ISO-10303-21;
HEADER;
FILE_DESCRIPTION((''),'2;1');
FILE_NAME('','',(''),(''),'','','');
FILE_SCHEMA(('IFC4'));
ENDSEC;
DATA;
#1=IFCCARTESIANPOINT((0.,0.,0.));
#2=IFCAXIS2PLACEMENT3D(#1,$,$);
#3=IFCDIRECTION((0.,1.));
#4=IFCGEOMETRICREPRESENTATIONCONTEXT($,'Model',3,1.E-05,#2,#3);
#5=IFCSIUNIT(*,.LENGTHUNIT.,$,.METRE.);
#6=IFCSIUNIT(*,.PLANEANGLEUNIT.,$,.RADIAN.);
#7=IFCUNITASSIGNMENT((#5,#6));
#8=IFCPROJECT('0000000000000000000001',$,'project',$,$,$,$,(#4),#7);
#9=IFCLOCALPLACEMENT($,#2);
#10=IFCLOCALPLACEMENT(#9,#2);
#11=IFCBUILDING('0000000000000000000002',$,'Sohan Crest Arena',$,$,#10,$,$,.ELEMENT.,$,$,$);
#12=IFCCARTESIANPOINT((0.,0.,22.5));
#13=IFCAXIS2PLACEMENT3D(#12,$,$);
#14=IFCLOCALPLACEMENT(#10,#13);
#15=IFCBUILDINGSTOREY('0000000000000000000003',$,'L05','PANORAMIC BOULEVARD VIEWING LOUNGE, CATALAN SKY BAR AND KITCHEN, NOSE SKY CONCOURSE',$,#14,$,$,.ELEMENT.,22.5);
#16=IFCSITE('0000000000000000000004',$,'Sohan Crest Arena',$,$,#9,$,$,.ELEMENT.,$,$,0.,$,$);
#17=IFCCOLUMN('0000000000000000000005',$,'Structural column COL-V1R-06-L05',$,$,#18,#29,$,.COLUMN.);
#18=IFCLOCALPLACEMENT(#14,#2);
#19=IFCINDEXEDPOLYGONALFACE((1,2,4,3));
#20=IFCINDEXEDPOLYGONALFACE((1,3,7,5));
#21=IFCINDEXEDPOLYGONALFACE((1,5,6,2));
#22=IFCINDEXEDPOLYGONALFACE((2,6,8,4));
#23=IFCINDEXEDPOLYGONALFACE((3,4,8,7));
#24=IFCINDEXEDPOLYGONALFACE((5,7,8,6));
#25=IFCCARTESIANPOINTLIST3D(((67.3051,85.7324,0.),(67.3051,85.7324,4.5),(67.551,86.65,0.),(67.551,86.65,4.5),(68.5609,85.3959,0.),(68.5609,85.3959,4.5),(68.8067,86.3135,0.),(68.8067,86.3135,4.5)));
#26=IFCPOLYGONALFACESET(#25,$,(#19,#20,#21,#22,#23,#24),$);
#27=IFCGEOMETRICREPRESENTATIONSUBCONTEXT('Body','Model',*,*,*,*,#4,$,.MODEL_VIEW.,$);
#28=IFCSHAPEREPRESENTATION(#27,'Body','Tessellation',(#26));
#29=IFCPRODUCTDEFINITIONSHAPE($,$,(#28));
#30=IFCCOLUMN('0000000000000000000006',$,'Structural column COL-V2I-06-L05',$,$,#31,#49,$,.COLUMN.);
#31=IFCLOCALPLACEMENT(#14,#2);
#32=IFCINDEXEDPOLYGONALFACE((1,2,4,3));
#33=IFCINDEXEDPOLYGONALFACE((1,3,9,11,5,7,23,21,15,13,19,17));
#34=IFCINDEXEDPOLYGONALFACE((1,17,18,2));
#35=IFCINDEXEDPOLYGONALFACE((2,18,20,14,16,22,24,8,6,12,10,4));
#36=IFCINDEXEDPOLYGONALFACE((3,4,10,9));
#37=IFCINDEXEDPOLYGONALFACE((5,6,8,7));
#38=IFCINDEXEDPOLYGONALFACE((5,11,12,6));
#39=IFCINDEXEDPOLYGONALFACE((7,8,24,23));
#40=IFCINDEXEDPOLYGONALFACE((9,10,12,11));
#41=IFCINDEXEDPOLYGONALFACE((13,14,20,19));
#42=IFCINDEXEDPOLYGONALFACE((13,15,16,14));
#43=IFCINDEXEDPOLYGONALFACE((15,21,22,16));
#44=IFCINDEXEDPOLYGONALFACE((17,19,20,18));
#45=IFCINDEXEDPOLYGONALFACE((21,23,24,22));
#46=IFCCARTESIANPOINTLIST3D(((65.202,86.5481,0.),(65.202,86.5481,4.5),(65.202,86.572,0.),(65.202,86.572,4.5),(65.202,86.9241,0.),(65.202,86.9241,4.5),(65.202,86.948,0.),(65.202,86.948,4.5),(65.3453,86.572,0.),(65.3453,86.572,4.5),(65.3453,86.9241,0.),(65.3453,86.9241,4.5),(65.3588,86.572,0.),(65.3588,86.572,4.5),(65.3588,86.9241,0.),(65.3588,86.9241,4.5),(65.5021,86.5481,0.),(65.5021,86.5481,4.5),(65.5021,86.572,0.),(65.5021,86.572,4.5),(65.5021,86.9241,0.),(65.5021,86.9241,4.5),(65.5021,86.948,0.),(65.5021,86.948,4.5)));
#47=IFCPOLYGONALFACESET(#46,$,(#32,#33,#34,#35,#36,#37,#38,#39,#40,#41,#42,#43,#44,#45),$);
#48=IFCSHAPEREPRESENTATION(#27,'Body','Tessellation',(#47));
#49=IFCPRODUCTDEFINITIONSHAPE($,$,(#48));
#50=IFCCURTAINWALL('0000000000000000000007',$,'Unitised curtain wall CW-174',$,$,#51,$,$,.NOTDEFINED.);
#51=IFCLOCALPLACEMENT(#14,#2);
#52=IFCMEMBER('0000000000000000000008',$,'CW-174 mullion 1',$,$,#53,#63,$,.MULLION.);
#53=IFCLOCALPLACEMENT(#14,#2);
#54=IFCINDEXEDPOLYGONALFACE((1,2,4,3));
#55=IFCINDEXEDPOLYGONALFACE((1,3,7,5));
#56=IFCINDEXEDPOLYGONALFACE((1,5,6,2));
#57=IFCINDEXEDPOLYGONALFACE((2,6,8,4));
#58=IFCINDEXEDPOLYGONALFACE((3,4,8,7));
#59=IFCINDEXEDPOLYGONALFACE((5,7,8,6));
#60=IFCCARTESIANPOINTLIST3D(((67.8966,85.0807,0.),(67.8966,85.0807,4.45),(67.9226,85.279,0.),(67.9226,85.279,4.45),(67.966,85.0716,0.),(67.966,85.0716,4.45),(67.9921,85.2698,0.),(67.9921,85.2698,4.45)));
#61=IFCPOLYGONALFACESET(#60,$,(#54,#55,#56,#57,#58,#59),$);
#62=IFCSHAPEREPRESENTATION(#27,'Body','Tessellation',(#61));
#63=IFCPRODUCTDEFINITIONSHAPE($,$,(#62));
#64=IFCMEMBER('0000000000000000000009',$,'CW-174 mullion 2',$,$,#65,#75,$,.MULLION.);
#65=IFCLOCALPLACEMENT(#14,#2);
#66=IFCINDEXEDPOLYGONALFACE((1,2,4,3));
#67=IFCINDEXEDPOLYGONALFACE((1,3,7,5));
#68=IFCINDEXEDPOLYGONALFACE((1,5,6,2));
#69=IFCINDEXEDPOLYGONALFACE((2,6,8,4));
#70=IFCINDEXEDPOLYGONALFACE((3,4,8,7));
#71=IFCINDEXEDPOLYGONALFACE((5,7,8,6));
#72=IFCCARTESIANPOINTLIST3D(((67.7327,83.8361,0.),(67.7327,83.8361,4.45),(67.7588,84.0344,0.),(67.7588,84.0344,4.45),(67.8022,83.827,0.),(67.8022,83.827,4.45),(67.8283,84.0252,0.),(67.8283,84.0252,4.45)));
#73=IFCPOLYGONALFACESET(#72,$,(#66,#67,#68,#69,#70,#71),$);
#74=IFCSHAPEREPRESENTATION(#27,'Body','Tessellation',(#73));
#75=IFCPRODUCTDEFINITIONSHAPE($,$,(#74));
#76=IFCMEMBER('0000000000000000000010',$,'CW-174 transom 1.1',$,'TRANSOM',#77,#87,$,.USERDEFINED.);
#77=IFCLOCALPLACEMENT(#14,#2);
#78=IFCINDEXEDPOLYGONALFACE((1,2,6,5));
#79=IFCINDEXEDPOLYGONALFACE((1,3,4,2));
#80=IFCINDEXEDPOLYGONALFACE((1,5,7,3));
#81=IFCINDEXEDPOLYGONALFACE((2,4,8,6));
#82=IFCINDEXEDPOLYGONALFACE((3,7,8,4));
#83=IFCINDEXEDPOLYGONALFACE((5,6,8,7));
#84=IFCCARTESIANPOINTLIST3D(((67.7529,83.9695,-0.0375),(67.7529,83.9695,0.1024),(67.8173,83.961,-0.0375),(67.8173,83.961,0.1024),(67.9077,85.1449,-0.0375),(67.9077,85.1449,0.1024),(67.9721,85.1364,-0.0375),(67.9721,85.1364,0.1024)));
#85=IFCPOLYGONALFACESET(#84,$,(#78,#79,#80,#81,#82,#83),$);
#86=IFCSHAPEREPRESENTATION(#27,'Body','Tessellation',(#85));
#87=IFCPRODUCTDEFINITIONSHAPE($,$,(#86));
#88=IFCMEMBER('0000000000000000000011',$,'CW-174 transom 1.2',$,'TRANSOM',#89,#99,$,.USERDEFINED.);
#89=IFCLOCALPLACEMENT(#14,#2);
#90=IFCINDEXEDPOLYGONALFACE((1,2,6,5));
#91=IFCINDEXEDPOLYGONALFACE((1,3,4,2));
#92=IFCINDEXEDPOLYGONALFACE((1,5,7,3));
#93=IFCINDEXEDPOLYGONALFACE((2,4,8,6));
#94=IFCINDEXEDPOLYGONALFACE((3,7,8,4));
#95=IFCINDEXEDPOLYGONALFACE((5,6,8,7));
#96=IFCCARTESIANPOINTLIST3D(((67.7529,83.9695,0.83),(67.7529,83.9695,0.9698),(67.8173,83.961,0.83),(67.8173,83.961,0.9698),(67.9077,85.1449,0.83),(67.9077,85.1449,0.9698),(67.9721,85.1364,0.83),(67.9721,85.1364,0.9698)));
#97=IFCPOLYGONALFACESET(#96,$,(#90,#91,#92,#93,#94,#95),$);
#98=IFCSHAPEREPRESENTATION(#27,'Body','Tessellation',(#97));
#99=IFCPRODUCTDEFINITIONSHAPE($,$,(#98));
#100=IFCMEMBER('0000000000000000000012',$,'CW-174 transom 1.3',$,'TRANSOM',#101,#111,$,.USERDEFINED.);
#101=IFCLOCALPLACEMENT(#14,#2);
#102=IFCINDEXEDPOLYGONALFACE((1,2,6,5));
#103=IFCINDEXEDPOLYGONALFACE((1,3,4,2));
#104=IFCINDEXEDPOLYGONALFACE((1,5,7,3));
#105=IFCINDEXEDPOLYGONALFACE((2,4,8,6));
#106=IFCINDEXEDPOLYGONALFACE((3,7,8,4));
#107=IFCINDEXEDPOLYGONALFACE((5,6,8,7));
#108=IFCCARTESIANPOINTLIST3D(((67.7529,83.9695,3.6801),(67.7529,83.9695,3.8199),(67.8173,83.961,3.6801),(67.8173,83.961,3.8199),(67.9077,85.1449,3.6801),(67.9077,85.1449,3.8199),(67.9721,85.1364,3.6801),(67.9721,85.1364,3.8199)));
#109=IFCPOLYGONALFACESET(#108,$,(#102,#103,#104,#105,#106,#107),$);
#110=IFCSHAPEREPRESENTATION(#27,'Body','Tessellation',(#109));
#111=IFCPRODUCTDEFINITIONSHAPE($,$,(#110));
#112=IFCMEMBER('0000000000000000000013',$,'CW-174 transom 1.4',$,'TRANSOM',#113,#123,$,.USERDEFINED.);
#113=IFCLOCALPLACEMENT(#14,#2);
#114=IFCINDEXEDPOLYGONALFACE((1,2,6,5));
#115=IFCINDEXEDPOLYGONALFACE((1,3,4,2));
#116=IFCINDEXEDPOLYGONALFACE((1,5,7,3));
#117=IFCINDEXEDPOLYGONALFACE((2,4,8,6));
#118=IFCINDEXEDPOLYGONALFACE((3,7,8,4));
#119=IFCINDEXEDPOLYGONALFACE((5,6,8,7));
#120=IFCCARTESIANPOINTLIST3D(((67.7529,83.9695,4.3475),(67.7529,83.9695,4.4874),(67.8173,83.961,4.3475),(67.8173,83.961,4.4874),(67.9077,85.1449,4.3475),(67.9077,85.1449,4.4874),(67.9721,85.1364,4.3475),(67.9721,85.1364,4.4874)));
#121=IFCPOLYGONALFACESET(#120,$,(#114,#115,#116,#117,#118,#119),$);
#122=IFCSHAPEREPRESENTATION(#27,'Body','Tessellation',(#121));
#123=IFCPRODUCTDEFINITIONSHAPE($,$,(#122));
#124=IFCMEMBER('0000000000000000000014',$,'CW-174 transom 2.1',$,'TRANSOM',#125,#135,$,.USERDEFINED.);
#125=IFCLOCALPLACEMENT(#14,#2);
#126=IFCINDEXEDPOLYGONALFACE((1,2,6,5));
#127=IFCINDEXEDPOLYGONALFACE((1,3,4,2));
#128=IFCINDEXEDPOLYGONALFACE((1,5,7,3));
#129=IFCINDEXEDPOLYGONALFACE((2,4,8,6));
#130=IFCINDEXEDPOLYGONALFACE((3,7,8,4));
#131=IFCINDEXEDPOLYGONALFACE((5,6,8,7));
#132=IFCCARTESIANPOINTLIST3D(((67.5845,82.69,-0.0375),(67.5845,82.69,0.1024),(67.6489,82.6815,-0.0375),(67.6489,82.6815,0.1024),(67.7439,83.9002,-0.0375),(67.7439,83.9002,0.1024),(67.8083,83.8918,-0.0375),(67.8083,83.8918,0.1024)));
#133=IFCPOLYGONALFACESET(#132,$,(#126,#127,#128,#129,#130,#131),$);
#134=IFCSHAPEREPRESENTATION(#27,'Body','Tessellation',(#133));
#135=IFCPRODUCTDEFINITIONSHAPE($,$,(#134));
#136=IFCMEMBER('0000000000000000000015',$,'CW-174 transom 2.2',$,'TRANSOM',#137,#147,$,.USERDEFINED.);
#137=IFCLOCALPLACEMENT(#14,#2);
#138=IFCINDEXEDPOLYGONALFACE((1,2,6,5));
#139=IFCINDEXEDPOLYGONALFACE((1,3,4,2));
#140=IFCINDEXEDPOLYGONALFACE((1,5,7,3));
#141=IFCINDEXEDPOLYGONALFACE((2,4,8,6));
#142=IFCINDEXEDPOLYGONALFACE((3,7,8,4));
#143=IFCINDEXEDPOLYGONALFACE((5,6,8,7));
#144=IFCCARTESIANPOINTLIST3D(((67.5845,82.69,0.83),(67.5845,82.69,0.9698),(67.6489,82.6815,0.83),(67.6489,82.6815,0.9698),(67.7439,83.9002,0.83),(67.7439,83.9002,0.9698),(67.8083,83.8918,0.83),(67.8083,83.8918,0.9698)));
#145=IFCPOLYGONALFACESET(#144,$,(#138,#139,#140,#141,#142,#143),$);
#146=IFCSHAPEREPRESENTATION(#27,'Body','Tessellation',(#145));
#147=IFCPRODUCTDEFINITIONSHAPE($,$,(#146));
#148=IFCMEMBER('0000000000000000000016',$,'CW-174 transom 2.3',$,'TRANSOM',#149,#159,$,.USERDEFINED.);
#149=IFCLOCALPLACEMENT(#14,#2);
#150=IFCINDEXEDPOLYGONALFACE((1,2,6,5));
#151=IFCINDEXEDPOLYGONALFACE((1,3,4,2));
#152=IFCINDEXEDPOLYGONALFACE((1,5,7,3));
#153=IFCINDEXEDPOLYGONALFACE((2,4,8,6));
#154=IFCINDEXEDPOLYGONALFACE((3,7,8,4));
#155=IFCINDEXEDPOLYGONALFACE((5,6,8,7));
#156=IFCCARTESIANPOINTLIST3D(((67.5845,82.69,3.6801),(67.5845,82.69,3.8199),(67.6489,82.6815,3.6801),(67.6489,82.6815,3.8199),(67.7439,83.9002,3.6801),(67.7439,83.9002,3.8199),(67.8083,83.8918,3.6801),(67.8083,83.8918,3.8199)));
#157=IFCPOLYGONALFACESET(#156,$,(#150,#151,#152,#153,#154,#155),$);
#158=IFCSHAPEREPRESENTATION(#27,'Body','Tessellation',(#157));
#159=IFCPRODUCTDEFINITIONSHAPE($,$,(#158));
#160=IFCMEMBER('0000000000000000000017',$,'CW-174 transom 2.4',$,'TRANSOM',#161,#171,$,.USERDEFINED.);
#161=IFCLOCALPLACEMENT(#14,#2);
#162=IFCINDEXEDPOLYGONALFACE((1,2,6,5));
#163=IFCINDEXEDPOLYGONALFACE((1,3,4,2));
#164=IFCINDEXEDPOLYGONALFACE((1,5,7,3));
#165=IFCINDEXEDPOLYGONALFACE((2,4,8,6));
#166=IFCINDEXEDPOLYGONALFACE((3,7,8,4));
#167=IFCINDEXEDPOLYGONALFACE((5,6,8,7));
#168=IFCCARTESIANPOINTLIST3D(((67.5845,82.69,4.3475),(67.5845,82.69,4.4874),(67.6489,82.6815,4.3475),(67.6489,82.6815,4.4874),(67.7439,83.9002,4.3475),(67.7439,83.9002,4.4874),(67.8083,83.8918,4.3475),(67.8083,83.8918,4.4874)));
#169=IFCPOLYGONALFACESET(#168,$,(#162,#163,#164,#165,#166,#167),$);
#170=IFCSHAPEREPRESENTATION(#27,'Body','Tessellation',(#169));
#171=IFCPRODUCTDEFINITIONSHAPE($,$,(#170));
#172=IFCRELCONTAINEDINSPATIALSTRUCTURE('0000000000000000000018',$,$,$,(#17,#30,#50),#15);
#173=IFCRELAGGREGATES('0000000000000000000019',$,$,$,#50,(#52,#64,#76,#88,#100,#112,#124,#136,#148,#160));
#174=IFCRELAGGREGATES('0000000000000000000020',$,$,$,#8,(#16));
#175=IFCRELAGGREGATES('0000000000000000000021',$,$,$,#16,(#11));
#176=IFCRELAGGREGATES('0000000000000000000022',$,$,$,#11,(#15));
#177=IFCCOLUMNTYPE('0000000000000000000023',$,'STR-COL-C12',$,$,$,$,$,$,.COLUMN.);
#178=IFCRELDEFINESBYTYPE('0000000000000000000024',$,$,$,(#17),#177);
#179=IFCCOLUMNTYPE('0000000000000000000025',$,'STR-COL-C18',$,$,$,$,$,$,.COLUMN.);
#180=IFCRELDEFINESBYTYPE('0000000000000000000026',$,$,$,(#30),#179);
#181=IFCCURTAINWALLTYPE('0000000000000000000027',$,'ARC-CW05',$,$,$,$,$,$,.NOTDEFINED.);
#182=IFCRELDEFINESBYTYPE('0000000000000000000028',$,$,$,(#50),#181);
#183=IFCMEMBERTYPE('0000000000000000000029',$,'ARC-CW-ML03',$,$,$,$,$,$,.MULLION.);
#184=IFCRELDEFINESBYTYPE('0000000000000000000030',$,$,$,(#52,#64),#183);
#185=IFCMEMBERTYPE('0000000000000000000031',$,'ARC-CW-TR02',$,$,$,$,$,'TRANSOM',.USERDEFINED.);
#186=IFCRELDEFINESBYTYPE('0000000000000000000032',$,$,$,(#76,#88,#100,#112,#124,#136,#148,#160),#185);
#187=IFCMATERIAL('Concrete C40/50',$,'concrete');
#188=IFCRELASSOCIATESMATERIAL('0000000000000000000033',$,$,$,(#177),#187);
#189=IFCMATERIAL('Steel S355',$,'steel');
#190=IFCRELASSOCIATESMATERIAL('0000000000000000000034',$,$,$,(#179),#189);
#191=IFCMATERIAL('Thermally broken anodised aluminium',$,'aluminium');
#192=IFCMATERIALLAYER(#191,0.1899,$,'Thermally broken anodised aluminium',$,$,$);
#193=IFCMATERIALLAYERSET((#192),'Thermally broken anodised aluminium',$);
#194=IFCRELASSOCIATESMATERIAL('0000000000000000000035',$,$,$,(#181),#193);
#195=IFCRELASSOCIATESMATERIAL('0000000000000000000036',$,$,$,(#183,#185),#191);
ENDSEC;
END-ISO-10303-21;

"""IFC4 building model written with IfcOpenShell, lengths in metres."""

from ifc_helpers import new_model, si_unit, direction, frame, origin, origin_2d, place, context, subcontext, project, spatial, rectangle, i_section, extrude, material, layer, layer_set, material_profile, profile_set, type_object, element, aggregate, save


model = new_model("IFC4")

# Units and contexts
model_context = context("Model", 3, precision=1e-05, world=origin(), true_north=direction((0.0, 1.0)))
body_context = subcontext(model_context, "Body", "Model", "MODEL_VIEW")
ifc_project = project(units=[si_unit("LENGTHUNIT", "METRE"), si_unit("PLANEANGLEUNIT", "RADIAN")], contexts=[model_context])

# Site, building, storey
site_placement = place(None, origin())
site = spatial("IfcSite", under=ifc_project, at=site_placement, Name="Sohan Crest Arena", CompositionType="ELEMENT", RefElevation=0.0)
building_placement = place(site_placement, origin())
building = spatial("IfcBuilding", under=site, at=building_placement, Name="Sohan Crest Arena", CompositionType="ELEMENT")
storey_placement = place(building_placement, frame((0.0, 0.0, 22.5)))
storey = spatial("IfcBuildingStorey", under=building, at=storey_placement, Name="L05", Description="PANORAMIC BOULEVARD VIEWING LOUNGE, CATALAN SKY BAR AND KITCHEN, NOSE SKY CONCOURSE", CompositionType="ELEMENT", Elevation=22.5)

# Columns
ifc_material_1 = material(Name="Concrete C40/50", Category="concrete")
ifc_material_profile_1 = material_profile(ifc_material_1, rectangle(XDim=1.3, YDim=0.95, at=origin_2d()), Name="RC 1300x950")
ifc_profile_set_1 = profile_set([ifc_material_profile_1], Name="Concrete C40/50")
column_type_1 = type_object("IfcColumnType", Name="STR-COL-C12", PredefinedType="COLUMN", material=ifc_profile_set_1)
column_1_placement = place(storey_placement, frame((68.0559, 86.0229, 0.0), z_axis=(0.0, 0.0, 1.0), x_axis=(-0.965926, 0.258819, 0.0)))
element("IfcColumn", 1, at=column_1_placement, inside=storey, type_object=column_type_1, Name="Structural column COL-V1R-06-L05", PredefinedType="COLUMN", context=body_context, shape_type="SweptSolid", body=[
    extrude(rectangle(XDim=1.3, YDim=0.95, at=origin_2d()), origin(), (0.0, 0.0, 1.0), 4.5),
])
ifc_material_2 = material(Name="Steel S355", Category="steel")
ifc_material_profile_2 = material_profile(ifc_material_2, i_section(OverallWidth=0.3, OverallDepth=0.3999, WebThickness=0.0134, FlangeThickness=0.0239, at=origin_2d()), Name="HEB 400")
ifc_profile_set_2 = profile_set([ifc_material_profile_2], Name="Steel S355")
column_type_2 = type_object("IfcColumnType", Name="STR-COL-C18", PredefinedType="COLUMN", material=ifc_profile_set_2)
column_2_placement = place(storey_placement, frame((65.3521, 86.748, 0.0), z_axis=(0.0, 0.0, 1.0), x_axis=(1.0, 0.0, 0.0)))
element("IfcColumn", 2, at=column_2_placement, inside=storey, type_object=column_type_2, Name="Structural column COL-V2I-06-L05", PredefinedType="COLUMN", context=body_context, shape_type="SweptSolid", body=[
    extrude(i_section(OverallWidth=0.3, OverallDepth=0.3999, WebThickness=0.0134, FlangeThickness=0.0239, at=origin_2d()), origin(), (0.0, 0.0, 1.0), 4.5),
])

# Curtain wall, members
ifc_material_3 = material(Name="Thermally broken anodised aluminium", Category="aluminium")
ifc_layer_1 = layer(ifc_material_3, 0.1899, Name="Thermally broken anodised aluminium")
ifc_layer_set_1 = layer_set([ifc_layer_1], Name="Thermally broken anodised aluminium")
curtain_wall_type = type_object("IfcCurtainWallType", Name="ARC-CW05", PredefinedType="NOTDEFINED", material=ifc_layer_set_1)
curtain_wall_placement = place(storey_placement, origin())
curtain_wall = element("IfcCurtainWall", 3, at=curtain_wall_placement, inside=storey, type_object=curtain_wall_type, Name="Unitised curtain wall CW-174", PredefinedType="NOTDEFINED")
ifc_material_profile_3 = material_profile(ifc_material_3, rectangle(XDim=0.0701, YDim=0.2, at=origin_2d()), Name="ALU-MULL 70x200")
ifc_profile_set_3 = profile_set([ifc_material_profile_3], Name="Thermally broken anodised aluminium")
member_type_1 = type_object("IfcMemberType", Name="ARC-CW-ML03", PredefinedType="MULLION", material=ifc_profile_set_3)
member_1_placement = place(storey_placement, frame((67.9443, 85.1753, 0.0), z_axis=(0.0, 0.0, 1.0), x_axis=(0.991448, -0.130499, 0.0)))
member_1 = element("IfcMember", 4, at=member_1_placement, type_object=member_type_1, Name="CW-174 mullion 1", PredefinedType="MULLION", context=body_context, shape_type="SweptSolid", body=[
    extrude(rectangle(XDim=0.0701, YDim=0.2, at=origin_2d()), origin(), (0.0, 0.0, 1.0), 4.45),
])
member_2_placement = place(storey_placement, frame((67.7805, 83.9307, 0.0), z_axis=(0.0, 0.0, 1.0), x_axis=(0.991448, -0.130499, 0.0)))
member_2 = element("IfcMember", 5, at=member_2_placement, type_object=member_type_1, Name="CW-174 mullion 2", PredefinedType="MULLION", context=body_context, shape_type="SweptSolid", body=[
    extrude(rectangle(XDim=0.0701, YDim=0.2, at=origin_2d()), origin(), (0.0, 0.0, 1.0), 4.45),
])
ifc_material_profile_4 = material_profile(ifc_material_3, rectangle(XDim=0.0649, YDim=0.1399, at=origin_2d()), Name="ALU-TRAN 65x140")
ifc_profile_set_4 = profile_set([ifc_material_profile_4], Name="Thermally broken anodised aluminium")
member_type_2 = type_object("IfcMemberType", Name="ARC-CW-TR02", ElementType="TRANSOM", PredefinedType="USERDEFINED", material=ifc_profile_set_4)
member_3_placement = place(storey_placement, frame((67.9399, 85.1406, 0.0325), z_axis=(-0.130572, -0.991439, 0.0), x_axis=(0.991439, -0.130572, 0.0)))
member_3 = element("IfcMember", 6, at=member_3_placement, type_object=member_type_2, Name="CW-174 transom 1.1", ObjectType="TRANSOM", PredefinedType="USERDEFINED", context=body_context, shape_type="SweptSolid", body=[
    extrude(rectangle(XDim=0.0649, YDim=0.1399, at=origin_2d()), origin(), (0.0, 0.0, 1.0), 1.1855),
])
member_4_placement = place(storey_placement, frame((67.9399, 85.1406, 0.8999), z_axis=(-0.130572, -0.991439, 0.0), x_axis=(0.991439, -0.130572, 0.0)))
member_4 = element("IfcMember", 7, at=member_4_placement, type_object=member_type_2, Name="CW-174 transom 1.2", ObjectType="TRANSOM", PredefinedType="USERDEFINED", context=body_context, shape_type="SweptSolid", body=[
    extrude(rectangle(XDim=0.0649, YDim=0.1399, at=origin_2d()), origin(), (0.0, 0.0, 1.0), 1.1855),
])
member_5_placement = place(storey_placement, frame((67.9399, 85.1406, 3.75), z_axis=(-0.130572, -0.991439, 0.0), x_axis=(0.991439, -0.130572, 0.0)))
member_5 = element("IfcMember", 8, at=member_5_placement, type_object=member_type_2, Name="CW-174 transom 1.3", ObjectType="TRANSOM", PredefinedType="USERDEFINED", context=body_context, shape_type="SweptSolid", body=[
    extrude(rectangle(XDim=0.0649, YDim=0.1399, at=origin_2d()), origin(), (0.0, 0.0, 1.0), 1.1855),
])
member_6_placement = place(storey_placement, frame((67.9399, 85.1406, 4.4175), z_axis=(-0.130572, -0.991439, 0.0), x_axis=(0.991439, -0.130572, 0.0)))
member_6 = element("IfcMember", 9, at=member_6_placement, type_object=member_type_2, Name="CW-174 transom 1.4", ObjectType="TRANSOM", PredefinedType="USERDEFINED", context=body_context, shape_type="SweptSolid", body=[
    extrude(rectangle(XDim=0.0649, YDim=0.1399, at=origin_2d()), origin(), (0.0, 0.0, 1.0), 1.1855),
])
member_7_placement = place(storey_placement, frame((67.7761, 83.896, 0.0325), z_axis=(-0.130605, -0.991435, 0.0), x_axis=(0.991435, -0.130605, 0.0)))
member_7 = element("IfcMember", 10, at=member_7_placement, type_object=member_type_2, Name="CW-174 transom 2.1", ObjectType="TRANSOM", PredefinedType="USERDEFINED", context=body_context, shape_type="SweptSolid", body=[
    extrude(rectangle(XDim=0.0649, YDim=0.1399, at=origin_2d()), origin(), (0.0, 0.0, 1.0), 1.2207),
])
member_8_placement = place(storey_placement, frame((67.7761, 83.896, 0.8999), z_axis=(-0.130605, -0.991435, 0.0), x_axis=(0.991435, -0.130605, 0.0)))
member_8 = element("IfcMember", 11, at=member_8_placement, type_object=member_type_2, Name="CW-174 transom 2.2", ObjectType="TRANSOM", PredefinedType="USERDEFINED", context=body_context, shape_type="SweptSolid", body=[
    extrude(rectangle(XDim=0.0649, YDim=0.1399, at=origin_2d()), origin(), (0.0, 0.0, 1.0), 1.2207),
])
member_9_placement = place(storey_placement, frame((67.7761, 83.896, 3.75), z_axis=(-0.130605, -0.991435, 0.0), x_axis=(0.991435, -0.130605, 0.0)))
member_9 = element("IfcMember", 12, at=member_9_placement, type_object=member_type_2, Name="CW-174 transom 2.3", ObjectType="TRANSOM", PredefinedType="USERDEFINED", context=body_context, shape_type="SweptSolid", body=[
    extrude(rectangle(XDim=0.0649, YDim=0.1399, at=origin_2d()), origin(), (0.0, 0.0, 1.0), 1.2207),
])
member_10_placement = place(storey_placement, frame((67.7761, 83.896, 4.4175), z_axis=(-0.130605, -0.991435, 0.0), x_axis=(0.991435, -0.130605, 0.0)))
member_10 = element("IfcMember", 13, at=member_10_placement, type_object=member_type_2, Name="CW-174 transom 2.4", ObjectType="TRANSOM", PredefinedType="USERDEFINED", context=body_context, shape_type="SweptSolid", body=[
    extrude(rectangle(XDim=0.0649, YDim=0.1399, at=origin_2d()), origin(), (0.0, 0.0, 1.0), 1.2207),
])

aggregate(curtain_wall, [member_1, member_2, member_3, member_4, member_5, member_6, member_7, member_8, member_9, member_10])

save(model, "model.ifc")
